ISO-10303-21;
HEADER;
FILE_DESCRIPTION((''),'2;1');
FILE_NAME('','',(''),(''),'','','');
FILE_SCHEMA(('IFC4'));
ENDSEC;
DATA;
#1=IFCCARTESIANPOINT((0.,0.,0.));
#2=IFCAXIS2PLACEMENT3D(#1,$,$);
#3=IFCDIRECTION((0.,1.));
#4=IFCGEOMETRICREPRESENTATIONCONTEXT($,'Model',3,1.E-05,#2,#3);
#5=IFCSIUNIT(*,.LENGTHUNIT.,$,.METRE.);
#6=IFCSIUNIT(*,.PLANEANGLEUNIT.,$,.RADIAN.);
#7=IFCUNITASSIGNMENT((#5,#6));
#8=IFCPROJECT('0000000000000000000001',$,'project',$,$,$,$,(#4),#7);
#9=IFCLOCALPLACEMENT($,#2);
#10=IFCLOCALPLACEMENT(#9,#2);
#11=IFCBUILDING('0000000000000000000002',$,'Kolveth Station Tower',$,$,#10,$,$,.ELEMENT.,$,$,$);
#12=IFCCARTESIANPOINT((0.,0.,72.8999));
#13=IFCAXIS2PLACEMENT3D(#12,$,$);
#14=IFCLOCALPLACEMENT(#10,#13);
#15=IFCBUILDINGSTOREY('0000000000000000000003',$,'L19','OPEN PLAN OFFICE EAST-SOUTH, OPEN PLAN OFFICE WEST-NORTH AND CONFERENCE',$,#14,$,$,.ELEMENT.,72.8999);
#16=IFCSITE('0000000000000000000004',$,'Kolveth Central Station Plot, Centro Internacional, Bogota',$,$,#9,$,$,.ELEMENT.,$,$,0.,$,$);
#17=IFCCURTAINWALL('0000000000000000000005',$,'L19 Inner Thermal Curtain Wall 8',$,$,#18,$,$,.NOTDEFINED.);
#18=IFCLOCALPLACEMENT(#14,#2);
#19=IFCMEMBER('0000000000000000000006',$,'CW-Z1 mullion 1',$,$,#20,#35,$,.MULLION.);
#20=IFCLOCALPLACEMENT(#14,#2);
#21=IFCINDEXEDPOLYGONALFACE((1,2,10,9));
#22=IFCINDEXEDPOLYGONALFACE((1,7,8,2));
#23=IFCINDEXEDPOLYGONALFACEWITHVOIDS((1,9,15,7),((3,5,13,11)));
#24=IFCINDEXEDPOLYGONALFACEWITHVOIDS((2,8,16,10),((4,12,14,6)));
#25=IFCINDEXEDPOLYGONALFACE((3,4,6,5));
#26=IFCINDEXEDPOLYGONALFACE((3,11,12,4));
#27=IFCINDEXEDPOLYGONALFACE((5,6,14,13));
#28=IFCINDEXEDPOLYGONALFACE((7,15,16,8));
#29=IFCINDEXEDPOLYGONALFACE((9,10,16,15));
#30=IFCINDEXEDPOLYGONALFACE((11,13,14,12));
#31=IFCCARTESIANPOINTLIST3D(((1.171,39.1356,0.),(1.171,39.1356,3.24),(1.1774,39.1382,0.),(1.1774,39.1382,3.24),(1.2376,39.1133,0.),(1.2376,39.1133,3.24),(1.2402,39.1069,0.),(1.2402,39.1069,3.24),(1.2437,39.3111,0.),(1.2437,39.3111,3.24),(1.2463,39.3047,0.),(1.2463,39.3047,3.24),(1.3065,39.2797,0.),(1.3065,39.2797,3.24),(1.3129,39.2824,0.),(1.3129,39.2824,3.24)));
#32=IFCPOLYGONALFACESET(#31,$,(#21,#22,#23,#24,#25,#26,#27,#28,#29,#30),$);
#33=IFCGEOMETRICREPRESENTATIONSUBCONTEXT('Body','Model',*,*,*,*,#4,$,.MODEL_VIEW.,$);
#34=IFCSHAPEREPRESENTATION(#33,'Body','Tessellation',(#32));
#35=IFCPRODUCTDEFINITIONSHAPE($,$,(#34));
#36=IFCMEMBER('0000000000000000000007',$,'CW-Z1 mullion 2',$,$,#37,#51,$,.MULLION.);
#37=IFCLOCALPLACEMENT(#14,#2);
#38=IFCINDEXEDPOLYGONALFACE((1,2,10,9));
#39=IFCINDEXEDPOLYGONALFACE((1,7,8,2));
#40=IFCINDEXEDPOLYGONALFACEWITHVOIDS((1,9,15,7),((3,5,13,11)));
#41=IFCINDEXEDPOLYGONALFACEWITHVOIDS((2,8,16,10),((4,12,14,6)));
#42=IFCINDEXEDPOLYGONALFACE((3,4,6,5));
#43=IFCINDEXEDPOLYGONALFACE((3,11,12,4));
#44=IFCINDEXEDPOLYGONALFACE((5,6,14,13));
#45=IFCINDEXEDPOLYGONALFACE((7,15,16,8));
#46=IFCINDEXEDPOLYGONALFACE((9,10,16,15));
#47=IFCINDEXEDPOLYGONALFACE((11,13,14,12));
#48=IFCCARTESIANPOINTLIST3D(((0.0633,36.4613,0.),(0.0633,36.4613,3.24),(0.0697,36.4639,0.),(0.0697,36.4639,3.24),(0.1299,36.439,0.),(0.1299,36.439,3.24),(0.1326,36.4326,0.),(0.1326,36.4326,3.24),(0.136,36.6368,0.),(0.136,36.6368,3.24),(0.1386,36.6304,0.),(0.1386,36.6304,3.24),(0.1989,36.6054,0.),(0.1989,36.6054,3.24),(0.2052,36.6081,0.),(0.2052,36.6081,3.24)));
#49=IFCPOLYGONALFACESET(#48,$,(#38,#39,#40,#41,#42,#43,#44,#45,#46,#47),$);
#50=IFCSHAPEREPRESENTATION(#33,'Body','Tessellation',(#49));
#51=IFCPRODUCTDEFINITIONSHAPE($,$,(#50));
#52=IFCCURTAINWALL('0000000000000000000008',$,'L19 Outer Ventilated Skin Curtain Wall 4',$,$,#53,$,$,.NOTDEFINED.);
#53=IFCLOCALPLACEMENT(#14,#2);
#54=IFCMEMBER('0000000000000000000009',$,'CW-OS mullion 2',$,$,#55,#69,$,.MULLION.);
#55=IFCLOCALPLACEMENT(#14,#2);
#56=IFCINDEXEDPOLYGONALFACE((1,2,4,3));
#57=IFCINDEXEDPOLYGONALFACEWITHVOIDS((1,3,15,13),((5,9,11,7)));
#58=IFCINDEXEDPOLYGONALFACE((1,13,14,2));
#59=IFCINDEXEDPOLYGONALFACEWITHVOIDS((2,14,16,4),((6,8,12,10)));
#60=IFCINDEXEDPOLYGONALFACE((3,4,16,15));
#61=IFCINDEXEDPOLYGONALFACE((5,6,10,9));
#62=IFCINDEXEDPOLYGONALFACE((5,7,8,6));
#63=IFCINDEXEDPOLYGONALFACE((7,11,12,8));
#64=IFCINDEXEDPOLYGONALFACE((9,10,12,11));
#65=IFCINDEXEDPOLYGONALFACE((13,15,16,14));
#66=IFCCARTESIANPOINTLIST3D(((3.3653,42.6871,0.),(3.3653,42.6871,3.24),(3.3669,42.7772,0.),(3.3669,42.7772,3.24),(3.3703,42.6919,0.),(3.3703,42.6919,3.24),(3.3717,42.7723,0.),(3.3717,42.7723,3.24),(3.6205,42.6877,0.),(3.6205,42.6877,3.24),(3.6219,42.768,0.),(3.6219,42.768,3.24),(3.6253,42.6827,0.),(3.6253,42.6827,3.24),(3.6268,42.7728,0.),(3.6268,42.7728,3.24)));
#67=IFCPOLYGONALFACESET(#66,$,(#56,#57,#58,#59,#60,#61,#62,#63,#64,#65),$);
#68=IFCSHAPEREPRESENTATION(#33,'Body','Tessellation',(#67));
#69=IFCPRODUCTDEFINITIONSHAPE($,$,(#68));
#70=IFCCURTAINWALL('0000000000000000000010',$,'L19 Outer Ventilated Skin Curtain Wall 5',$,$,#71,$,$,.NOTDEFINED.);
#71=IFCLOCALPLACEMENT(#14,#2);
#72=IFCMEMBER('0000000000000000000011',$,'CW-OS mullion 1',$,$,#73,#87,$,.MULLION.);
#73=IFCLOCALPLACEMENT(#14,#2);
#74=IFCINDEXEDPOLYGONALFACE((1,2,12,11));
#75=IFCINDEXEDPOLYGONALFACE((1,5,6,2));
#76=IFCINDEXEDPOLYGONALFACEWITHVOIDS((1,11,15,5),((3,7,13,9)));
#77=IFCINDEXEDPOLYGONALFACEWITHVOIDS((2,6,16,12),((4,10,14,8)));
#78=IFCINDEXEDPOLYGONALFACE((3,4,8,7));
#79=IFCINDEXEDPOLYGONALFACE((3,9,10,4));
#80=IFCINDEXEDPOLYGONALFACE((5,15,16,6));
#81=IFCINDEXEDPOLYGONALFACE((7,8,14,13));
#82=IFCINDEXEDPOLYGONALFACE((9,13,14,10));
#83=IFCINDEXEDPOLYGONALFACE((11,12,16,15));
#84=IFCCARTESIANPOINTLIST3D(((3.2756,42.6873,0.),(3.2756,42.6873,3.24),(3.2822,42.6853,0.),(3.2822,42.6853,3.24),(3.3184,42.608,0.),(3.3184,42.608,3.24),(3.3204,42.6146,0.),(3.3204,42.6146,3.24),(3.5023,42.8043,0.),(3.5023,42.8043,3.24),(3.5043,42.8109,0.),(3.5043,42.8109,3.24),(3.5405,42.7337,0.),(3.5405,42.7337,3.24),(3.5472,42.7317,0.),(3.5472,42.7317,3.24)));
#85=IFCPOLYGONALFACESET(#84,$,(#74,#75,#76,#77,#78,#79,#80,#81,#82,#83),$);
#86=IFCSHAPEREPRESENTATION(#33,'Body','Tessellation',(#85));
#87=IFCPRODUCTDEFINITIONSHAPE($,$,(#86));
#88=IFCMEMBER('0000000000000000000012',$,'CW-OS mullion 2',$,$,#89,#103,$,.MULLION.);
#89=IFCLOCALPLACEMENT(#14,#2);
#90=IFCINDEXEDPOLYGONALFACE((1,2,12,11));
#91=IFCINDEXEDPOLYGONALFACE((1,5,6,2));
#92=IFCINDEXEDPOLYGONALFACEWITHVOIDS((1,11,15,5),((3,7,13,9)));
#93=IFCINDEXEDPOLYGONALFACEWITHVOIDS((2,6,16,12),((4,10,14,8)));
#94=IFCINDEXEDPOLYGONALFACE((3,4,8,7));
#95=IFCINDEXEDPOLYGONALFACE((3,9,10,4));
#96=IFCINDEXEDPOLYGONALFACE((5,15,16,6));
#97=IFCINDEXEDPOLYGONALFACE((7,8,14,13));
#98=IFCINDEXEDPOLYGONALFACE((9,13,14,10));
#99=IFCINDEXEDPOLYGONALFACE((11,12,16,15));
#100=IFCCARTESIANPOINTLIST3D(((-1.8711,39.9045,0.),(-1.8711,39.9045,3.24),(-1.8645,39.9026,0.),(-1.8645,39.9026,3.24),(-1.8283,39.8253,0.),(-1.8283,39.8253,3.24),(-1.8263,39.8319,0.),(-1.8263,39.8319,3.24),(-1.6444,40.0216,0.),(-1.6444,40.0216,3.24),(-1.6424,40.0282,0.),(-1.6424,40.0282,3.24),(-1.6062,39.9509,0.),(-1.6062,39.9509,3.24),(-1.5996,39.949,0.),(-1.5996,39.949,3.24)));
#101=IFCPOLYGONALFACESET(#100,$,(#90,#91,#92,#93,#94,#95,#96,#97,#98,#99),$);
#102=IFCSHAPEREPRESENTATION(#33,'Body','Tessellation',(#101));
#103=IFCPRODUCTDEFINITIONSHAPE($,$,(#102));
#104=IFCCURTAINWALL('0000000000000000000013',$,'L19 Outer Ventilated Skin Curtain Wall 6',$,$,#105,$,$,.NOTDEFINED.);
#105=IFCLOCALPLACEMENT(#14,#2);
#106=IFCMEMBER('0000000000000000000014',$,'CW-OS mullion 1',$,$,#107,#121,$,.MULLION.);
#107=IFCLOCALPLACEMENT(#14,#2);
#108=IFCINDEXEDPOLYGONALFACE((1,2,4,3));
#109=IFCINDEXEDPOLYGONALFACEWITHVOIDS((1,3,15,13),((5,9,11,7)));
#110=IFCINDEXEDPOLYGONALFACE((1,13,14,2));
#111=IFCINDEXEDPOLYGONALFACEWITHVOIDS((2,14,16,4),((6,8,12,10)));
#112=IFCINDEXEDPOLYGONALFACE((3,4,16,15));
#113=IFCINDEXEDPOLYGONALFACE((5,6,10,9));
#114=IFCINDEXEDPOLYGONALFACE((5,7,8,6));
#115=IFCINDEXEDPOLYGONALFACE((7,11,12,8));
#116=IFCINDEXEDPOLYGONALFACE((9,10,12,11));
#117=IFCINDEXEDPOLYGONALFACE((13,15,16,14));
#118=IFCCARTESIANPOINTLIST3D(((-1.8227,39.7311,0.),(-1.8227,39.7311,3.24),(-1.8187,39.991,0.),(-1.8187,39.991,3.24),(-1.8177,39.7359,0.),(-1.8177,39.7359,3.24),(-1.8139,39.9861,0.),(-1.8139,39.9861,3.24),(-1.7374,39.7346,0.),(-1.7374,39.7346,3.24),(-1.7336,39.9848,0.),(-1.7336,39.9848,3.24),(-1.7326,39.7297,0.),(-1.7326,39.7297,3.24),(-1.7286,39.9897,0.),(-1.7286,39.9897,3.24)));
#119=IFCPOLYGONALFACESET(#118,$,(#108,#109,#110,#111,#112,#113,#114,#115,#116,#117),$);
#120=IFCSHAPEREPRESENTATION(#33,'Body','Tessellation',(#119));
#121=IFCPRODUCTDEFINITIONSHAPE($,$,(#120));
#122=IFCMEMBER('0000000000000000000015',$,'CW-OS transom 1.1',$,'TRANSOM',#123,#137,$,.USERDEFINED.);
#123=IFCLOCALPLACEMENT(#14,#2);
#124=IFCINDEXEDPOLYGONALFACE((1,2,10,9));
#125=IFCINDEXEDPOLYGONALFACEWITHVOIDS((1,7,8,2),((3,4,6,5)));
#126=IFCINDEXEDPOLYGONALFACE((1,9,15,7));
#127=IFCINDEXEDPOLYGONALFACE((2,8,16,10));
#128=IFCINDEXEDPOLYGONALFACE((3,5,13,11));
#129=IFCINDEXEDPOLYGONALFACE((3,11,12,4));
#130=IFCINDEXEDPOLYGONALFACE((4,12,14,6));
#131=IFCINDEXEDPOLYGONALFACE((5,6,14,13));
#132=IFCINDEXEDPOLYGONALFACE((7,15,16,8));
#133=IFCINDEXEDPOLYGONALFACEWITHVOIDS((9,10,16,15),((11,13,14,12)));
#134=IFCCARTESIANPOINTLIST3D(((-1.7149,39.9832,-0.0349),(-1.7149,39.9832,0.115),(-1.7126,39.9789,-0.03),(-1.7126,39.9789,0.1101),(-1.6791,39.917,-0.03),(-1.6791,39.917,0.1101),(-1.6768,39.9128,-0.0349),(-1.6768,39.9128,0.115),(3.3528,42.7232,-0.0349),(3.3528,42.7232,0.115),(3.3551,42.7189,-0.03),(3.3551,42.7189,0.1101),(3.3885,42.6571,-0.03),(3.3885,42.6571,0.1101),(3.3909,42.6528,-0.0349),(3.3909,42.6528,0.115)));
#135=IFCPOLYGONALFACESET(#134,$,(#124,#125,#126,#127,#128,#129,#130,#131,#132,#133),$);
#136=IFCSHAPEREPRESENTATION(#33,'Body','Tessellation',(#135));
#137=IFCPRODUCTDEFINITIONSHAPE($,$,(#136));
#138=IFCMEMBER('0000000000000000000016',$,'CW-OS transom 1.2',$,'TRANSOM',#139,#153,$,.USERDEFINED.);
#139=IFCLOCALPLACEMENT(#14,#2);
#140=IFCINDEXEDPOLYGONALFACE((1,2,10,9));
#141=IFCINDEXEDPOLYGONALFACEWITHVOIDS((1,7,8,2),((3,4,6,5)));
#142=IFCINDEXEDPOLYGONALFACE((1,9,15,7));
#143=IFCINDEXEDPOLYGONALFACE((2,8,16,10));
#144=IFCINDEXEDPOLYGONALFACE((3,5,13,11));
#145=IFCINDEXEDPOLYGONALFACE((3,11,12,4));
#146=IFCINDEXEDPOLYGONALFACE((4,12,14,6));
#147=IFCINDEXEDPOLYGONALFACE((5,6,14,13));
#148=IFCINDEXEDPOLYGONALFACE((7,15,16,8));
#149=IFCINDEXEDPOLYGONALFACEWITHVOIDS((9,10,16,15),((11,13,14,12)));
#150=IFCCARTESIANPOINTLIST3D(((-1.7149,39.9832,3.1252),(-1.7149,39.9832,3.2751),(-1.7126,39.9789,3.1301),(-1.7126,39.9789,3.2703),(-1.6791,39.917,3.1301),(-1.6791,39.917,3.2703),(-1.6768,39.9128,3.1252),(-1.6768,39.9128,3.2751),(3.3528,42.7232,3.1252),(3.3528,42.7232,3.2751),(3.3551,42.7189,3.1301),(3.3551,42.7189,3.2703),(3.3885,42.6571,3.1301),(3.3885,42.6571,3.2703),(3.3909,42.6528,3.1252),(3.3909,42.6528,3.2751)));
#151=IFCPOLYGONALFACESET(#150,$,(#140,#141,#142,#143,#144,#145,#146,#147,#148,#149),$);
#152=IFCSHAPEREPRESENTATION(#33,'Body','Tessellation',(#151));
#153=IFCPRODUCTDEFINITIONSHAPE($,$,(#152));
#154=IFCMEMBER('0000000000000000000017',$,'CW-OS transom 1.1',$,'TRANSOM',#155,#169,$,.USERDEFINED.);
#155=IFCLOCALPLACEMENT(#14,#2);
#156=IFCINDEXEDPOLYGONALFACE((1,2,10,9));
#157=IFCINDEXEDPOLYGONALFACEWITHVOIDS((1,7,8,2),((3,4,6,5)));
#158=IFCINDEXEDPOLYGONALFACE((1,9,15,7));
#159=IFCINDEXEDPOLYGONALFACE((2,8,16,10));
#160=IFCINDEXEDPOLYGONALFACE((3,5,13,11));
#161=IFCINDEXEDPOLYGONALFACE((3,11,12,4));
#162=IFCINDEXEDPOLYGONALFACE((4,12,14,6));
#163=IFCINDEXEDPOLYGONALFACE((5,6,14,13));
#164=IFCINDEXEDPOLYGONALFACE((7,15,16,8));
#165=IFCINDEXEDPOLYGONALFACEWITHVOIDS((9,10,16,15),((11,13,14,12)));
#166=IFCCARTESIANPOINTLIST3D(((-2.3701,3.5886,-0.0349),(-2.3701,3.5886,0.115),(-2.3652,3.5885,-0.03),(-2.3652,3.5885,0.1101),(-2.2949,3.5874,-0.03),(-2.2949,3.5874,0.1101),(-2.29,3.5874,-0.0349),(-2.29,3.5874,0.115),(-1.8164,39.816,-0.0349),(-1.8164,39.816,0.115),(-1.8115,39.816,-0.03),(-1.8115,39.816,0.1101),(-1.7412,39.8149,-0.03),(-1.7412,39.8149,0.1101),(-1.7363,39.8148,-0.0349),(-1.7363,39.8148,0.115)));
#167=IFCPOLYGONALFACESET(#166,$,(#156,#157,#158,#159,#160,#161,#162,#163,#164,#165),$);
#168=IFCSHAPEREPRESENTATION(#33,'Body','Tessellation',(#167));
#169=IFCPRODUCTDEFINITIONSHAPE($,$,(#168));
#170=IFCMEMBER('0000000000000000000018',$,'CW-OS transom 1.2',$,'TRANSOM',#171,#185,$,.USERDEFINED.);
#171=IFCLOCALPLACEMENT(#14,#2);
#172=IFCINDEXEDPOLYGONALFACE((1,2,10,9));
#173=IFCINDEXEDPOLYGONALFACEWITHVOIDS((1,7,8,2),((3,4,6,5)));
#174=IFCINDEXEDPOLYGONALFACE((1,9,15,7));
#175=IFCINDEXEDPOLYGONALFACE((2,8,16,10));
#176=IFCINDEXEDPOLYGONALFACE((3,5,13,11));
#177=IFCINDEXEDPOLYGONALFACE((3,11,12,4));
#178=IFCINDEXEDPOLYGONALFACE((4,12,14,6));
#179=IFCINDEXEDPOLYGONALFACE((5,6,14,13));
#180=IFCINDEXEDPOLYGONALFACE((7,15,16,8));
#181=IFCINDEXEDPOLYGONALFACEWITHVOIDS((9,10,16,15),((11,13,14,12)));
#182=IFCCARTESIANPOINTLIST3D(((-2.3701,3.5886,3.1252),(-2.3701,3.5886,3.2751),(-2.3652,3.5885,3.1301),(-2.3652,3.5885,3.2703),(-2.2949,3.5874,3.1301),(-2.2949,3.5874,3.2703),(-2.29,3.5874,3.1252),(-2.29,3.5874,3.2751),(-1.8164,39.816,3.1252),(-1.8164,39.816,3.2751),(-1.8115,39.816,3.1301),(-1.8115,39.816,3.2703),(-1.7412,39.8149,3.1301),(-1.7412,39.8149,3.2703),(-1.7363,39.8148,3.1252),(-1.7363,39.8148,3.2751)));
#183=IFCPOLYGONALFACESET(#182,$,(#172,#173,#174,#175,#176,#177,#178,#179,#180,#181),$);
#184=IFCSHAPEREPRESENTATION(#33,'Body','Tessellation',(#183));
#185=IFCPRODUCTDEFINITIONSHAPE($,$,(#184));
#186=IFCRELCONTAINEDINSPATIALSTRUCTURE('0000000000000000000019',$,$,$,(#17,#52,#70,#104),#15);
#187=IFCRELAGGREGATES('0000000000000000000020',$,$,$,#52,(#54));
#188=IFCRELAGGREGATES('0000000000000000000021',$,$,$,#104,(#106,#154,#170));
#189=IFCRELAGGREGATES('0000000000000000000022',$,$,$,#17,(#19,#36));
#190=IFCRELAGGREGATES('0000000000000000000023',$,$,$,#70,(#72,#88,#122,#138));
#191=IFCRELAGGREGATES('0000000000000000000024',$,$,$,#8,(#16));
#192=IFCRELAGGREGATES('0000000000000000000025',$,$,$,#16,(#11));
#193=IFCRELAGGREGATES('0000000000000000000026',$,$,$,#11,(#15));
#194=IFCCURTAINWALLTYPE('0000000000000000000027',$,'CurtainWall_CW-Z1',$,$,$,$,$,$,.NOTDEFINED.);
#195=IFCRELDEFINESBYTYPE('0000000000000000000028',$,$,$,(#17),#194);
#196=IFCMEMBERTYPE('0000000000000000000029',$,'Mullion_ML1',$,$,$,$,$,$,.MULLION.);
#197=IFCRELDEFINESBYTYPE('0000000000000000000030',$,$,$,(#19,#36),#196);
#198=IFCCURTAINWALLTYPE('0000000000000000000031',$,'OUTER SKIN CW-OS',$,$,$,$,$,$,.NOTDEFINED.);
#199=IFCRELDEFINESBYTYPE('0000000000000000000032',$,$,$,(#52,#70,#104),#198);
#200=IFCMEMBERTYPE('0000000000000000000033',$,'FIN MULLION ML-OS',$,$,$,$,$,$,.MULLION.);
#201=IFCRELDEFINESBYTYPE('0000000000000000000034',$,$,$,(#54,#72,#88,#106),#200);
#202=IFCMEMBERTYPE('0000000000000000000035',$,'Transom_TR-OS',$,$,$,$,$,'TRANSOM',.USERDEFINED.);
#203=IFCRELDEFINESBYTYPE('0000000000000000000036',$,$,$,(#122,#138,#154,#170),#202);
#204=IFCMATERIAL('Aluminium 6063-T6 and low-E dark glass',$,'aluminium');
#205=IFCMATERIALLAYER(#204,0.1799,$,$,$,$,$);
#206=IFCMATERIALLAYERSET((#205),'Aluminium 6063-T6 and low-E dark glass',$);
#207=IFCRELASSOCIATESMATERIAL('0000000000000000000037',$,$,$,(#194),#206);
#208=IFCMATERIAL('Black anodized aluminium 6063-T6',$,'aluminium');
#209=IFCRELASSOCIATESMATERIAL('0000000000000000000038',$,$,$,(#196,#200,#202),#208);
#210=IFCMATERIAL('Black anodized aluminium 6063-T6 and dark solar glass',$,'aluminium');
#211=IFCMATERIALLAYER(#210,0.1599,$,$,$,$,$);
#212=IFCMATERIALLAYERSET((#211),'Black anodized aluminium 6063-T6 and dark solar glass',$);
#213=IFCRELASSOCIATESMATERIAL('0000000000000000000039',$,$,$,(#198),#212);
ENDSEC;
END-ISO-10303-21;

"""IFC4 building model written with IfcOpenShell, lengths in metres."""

from ifc_helpers import new_model, si_unit, direction, frame, origin, origin_2d, place, context, subcontext, project, spatial, hollow_rectangle, extrude, source, transform, mapped, material, layer, layer_set, material_profile, profile_set, type_object, element, aggregate, save


model = new_model("IFC4")

# Units and contexts
model_context = context("Model", 3, precision=1e-05, world=origin(), true_north=direction((0.0, 1.0)))
body_context = subcontext(model_context, "Body", "Model", "MODEL_VIEW")
ifc_project = project(units=[si_unit("LENGTHUNIT", "METRE"), si_unit("PLANEANGLEUNIT", "RADIAN")], contexts=[model_context])

# Site, building, storey
site_placement = place(None, origin())
site = spatial("IfcSite", under=ifc_project, at=site_placement, Name="Kolveth Central Station Plot, Centro Internacional, Bogota", CompositionType="ELEMENT", RefElevation=0.0)
building_placement = place(site_placement, origin())
building = spatial("IfcBuilding", under=site, at=building_placement, Name="Kolveth Station Tower", CompositionType="ELEMENT")
storey_placement = place(building_placement, frame((0.0, 0.0, 72.8999)))
storey = spatial("IfcBuildingStorey", under=building, at=storey_placement, Name="L19", Description="OPEN PLAN OFFICE EAST-SOUTH, OPEN PLAN OFFICE WEST-NORTH AND CONFERENCE", CompositionType="ELEMENT", Elevation=72.8999)

# Curtain wall
ifc_material_1 = material(Name="Aluminium 6063-T6 and low-E dark glass", Category="aluminium")
ifc_layer_1 = layer(ifc_material_1, 0.1799)
ifc_layer_set_1 = layer_set([ifc_layer_1], Name="Aluminium 6063-T6 and low-E dark glass")
curtain_wall_type_1 = type_object("IfcCurtainWallType", Name="CurtainWall_CW-Z1", PredefinedType="NOTDEFINED", material=ifc_layer_set_1)
ifc_material_2 = material(Name="Black anodized aluminium 6063-T6", Category="aluminium")
curtain_wall_1_placement = place(storey_placement, origin())
curtain_wall_1 = element("IfcCurtainWall", 1, at=curtain_wall_1_placement, inside=storey, type_object=curtain_wall_type_1, Name="L19 Inner Thermal Curtain Wall 8", PredefinedType="NOTDEFINED")

# Shared definitions
ifc_material_profile_1 = material_profile(ifc_material_2, hollow_rectangle(XDim=0.075, YDim=0.1899, WallThickness=0.0049, at=origin_2d()), Name="ALU-75x190x5")
ifc_profile_set_1 = profile_set([ifc_material_profile_1], Name="Black anodized aluminium 6063-T6")
member_type_1 = type_object("IfcMemberType", Name="Mullion_ML1", PredefinedType="MULLION", material=ifc_profile_set_1)
shared_shape_1 = source(origin(), body_context, "Body", "SweptSolid", [
    extrude(hollow_rectangle(XDim=0.075, YDim=0.1899, WallThickness=0.0049, at=origin_2d()), origin(), (0.0, 0.0, 1.0), 3.24),
])

# Members
member_1_placement = place(storey_placement, frame((1.2419, 39.209, 0.0), z_axis=(0.0, 0.0, 1.0), x_axis=(0.923884, -0.382673, 0.0)))
member_1 = element("IfcMember", 2, at=member_1_placement, type_object=member_type_1, Name="CW-Z1 mullion 1", PredefinedType="MULLION", context=body_context, shape_type="MappedRepresentation", body=[
    mapped(shared_shape_1, transform((0.0, 0.0, 0.0), x_axis=(1.0, 0.0, 0.0), y_axis=(0.0, 1.0, 0.0), z_axis=(0.0, 0.0, 1.0), scale=1.0)),
])
member_2_placement = place(storey_placement, frame((0.1343, 36.5347, 0.0), z_axis=(0.0, 0.0, 1.0), x_axis=(0.923884, -0.382673, 0.0)))
member_2 = element("IfcMember", 3, at=member_2_placement, type_object=member_type_1, Name="CW-Z1 mullion 2", PredefinedType="MULLION", context=body_context, shape_type="MappedRepresentation", body=[
    mapped(shared_shape_1, transform((0.0, 0.0, 0.0), x_axis=(1.0, 0.0, 0.0), y_axis=(0.0, 1.0, 0.0), z_axis=(0.0, 0.0, 1.0), scale=1.0)),
])

# Curtain wall, member
ifc_material_3 = material(Name="Black anodized aluminium 6063-T6 and dark solar glass", Category="aluminium")
ifc_layer_2 = layer(ifc_material_3, 0.1599)
ifc_layer_set_2 = layer_set([ifc_layer_2], Name="Black anodized aluminium 6063-T6 and dark solar glass")
curtain_wall_type_2 = type_object("IfcCurtainWallType", Name="OUTER SKIN CW-OS", PredefinedType="NOTDEFINED", material=ifc_layer_set_2)
curtain_wall_2_placement = place(storey_placement, origin())
curtain_wall_2 = element("IfcCurtainWall", 4, at=curtain_wall_2_placement, inside=storey, type_object=curtain_wall_type_2, Name="L19 Outer Ventilated Skin Curtain Wall 4", PredefinedType="NOTDEFINED")
ifc_material_profile_2 = material_profile(ifc_material_2, hollow_rectangle(XDim=0.0901, YDim=0.26, WallThickness=0.0049, at=origin_2d()), Name="ALU-90x260x5")
ifc_profile_set_2 = profile_set([ifc_material_profile_2], Name="Black anodized aluminium 6063-T6")
member_type_2 = type_object("IfcMemberType", Name="FIN MULLION ML-OS", PredefinedType="MULLION", material=ifc_profile_set_2)
shared_shape_2 = source(origin(), body_context, "Body", "SweptSolid", [
    extrude(hollow_rectangle(XDim=0.0901, YDim=0.26, WallThickness=0.0049, at=origin_2d()), origin(), (0.0, 0.0, 1.0), 3.24),
])
member_3_placement = place(storey_placement, frame((3.4961, 42.73, 0.0), z_axis=(0.0, 0.0, 1.0), x_axis=(-0.016903, -0.999857, 0.0)))
member_3 = element("IfcMember", 5, at=member_3_placement, type_object=member_type_2, Name="CW-OS mullion 2", PredefinedType="MULLION", context=body_context, shape_type="MappedRepresentation", body=[
    mapped(shared_shape_2, transform((0.0, 0.0, 0.0), x_axis=(1.0, 0.0, 0.0), y_axis=(0.0, 1.0, 0.0), z_axis=(0.0, 0.0, 1.0), scale=1.0)),
])
aggregate(curtain_wall_2, [member_3])

# Curtain wall, members
curtain_wall_3_placement = place(storey_placement, origin())
curtain_wall_3 = element("IfcCurtainWall", 6, at=curtain_wall_3_placement, inside=storey, type_object=curtain_wall_type_2, Name="L19 Outer Ventilated Skin Curtain Wall 5", PredefinedType="NOTDEFINED")
member_4_placement = place(storey_placement, frame((3.4114, 42.7095, 0.0), z_axis=(0.0, 0.0, 1.0), x_axis=(0.475607, -0.879658, 0.0)))
member_4 = element("IfcMember", 7, at=member_4_placement, type_object=member_type_2, Name="CW-OS mullion 1", PredefinedType="MULLION", context=body_context, shape_type="MappedRepresentation", body=[
    mapped(shared_shape_2, transform((0.0, 0.0, 0.0), x_axis=(1.0, 0.0, 0.0), y_axis=(0.0, 1.0, 0.0), z_axis=(0.0, 0.0, 1.0), scale=1.0)),
])
member_5_placement = place(storey_placement, frame((-1.7354, 39.9268, 0.0), z_axis=(0.0, 0.0, 1.0), x_axis=(0.475607, -0.879658, 0.0)))
member_5 = element("IfcMember", 8, at=member_5_placement, type_object=member_type_2, Name="CW-OS mullion 2", PredefinedType="MULLION", context=body_context, shape_type="MappedRepresentation", body=[
    mapped(shared_shape_2, transform((0.0, 0.0, 0.0), x_axis=(1.0, 0.0, 0.0), y_axis=(0.0, 1.0, 0.0), z_axis=(0.0, 0.0, 1.0), scale=1.0)),
])

# Curtain wall, member
curtain_wall_4_placement = place(storey_placement, origin())
curtain_wall_4 = element("IfcCurtainWall", 9, at=curtain_wall_4_placement, inside=storey, type_object=curtain_wall_type_2, Name="L19 Outer Ventilated Skin Curtain Wall 6", PredefinedType="NOTDEFINED")
member_6_placement = place(storey_placement, frame((-1.7756, 39.8604, 0.0), z_axis=(0.0, 0.0, 1.0), x_axis=(0.999883, -0.015284, 0.0)))
member_6 = element("IfcMember", 10, at=member_6_placement, type_object=member_type_2, Name="CW-OS mullion 1", PredefinedType="MULLION", context=body_context, shape_type="MappedRepresentation", body=[
    mapped(shared_shape_2, transform((0.0, 0.0, 0.0), x_axis=(1.0, 0.0, 0.0), y_axis=(0.0, 1.0, 0.0), z_axis=(0.0, 0.0, 1.0), scale=1.0)),
])

# Members
ifc_material_profile_3 = material_profile(ifc_material_2, hollow_rectangle(XDim=0.0801, YDim=0.1499, WallThickness=0.0049, at=origin_2d()), Name="ALU-80x150x5")
ifc_profile_set_3 = profile_set([ifc_material_profile_3], Name="Black anodized aluminium 6063-T6")
member_type_3 = type_object("IfcMemberType", Name="Transom_TR-OS", ElementType="TRANSOM", PredefinedType="USERDEFINED", material=ifc_profile_set_3)
shared_shape_3 = source(origin(), body_context, "Body", "SweptSolid", [
    extrude(hollow_rectangle(XDim=0.0801, YDim=0.1499, WallThickness=0.0049, at=origin_2d()), origin(), (0.0, 0.0, 1.0), 5.761),
])
member_7_placement = place(storey_placement, frame((3.3718, 42.688, 0.04), z_axis=(-0.879653, -0.475615, 0.0), x_axis=(0.475615, -0.879653, 0.0)))
member_7 = element("IfcMember", 11, at=member_7_placement, type_object=member_type_3, Name="CW-OS transom 1.1", ObjectType="TRANSOM", PredefinedType="USERDEFINED", context=body_context, shape_type="MappedRepresentation", body=[
    mapped(shared_shape_3, transform((0.0, 0.0, 0.0), x_axis=(1.0, 0.0, 0.0), y_axis=(0.0, 1.0, 0.0), z_axis=(0.0, 0.0, 1.0), scale=1.0)),
])
member_8_placement = place(storey_placement, frame((3.3718, 42.688, 3.2002), z_axis=(-0.879653, -0.475615, 0.0), x_axis=(0.475615, -0.879653, 0.0)))
member_8 = element("IfcMember", 12, at=member_8_placement, type_object=member_type_3, Name="CW-OS transom 1.2", ObjectType="TRANSOM", PredefinedType="USERDEFINED", context=body_context, shape_type="MappedRepresentation", body=[
    mapped(shared_shape_3, transform((0.0, 0.0, 0.0), x_axis=(1.0, 0.0, 0.0), y_axis=(0.0, 1.0, 0.0), z_axis=(0.0, 0.0, 1.0), scale=1.0)),
])
shared_shape_4 = source(origin(), body_context, "Body", "SweptSolid", [
    extrude(hollow_rectangle(XDim=0.0801, YDim=0.1499, WallThickness=0.0049, at=origin_2d()), origin(), (0.0, 0.0, 1.0), 36.2317),
])
member_9_placement = place(storey_placement, frame((-1.7764, 39.8154, 0.04), z_axis=(-0.015282, -0.999883, 0.0), x_axis=(0.999883, -0.015282, 0.0)))
member_9 = element("IfcMember", 13, at=member_9_placement, type_object=member_type_3, Name="CW-OS transom 1.1", ObjectType="TRANSOM", PredefinedType="USERDEFINED", context=body_context, shape_type="MappedRepresentation", body=[
    mapped(shared_shape_4, transform((0.0, 0.0, 0.0), x_axis=(1.0, 0.0, 0.0), y_axis=(0.0, 1.0, 0.0), z_axis=(0.0, 0.0, 1.0), scale=1.0)),
])
member_10_placement = place(storey_placement, frame((-1.7764, 39.8154, 3.2002), z_axis=(-0.015282, -0.999883, 0.0), x_axis=(0.999883, -0.015282, 0.0)))
member_10 = element("IfcMember", 14, at=member_10_placement, type_object=member_type_3, Name="CW-OS transom 1.2", ObjectType="TRANSOM", PredefinedType="USERDEFINED", context=body_context, shape_type="MappedRepresentation", body=[
    mapped(shared_shape_4, transform((0.0, 0.0, 0.0), x_axis=(1.0, 0.0, 0.0), y_axis=(0.0, 1.0, 0.0), z_axis=(0.0, 0.0, 1.0), scale=1.0)),
])
aggregate(curtain_wall_4, [member_6, member_9, member_10])

aggregate(curtain_wall_1, [member_1, member_2])
aggregate(curtain_wall_3, [member_4, member_5, member_7, member_8])

save(model, "model.ifc")
